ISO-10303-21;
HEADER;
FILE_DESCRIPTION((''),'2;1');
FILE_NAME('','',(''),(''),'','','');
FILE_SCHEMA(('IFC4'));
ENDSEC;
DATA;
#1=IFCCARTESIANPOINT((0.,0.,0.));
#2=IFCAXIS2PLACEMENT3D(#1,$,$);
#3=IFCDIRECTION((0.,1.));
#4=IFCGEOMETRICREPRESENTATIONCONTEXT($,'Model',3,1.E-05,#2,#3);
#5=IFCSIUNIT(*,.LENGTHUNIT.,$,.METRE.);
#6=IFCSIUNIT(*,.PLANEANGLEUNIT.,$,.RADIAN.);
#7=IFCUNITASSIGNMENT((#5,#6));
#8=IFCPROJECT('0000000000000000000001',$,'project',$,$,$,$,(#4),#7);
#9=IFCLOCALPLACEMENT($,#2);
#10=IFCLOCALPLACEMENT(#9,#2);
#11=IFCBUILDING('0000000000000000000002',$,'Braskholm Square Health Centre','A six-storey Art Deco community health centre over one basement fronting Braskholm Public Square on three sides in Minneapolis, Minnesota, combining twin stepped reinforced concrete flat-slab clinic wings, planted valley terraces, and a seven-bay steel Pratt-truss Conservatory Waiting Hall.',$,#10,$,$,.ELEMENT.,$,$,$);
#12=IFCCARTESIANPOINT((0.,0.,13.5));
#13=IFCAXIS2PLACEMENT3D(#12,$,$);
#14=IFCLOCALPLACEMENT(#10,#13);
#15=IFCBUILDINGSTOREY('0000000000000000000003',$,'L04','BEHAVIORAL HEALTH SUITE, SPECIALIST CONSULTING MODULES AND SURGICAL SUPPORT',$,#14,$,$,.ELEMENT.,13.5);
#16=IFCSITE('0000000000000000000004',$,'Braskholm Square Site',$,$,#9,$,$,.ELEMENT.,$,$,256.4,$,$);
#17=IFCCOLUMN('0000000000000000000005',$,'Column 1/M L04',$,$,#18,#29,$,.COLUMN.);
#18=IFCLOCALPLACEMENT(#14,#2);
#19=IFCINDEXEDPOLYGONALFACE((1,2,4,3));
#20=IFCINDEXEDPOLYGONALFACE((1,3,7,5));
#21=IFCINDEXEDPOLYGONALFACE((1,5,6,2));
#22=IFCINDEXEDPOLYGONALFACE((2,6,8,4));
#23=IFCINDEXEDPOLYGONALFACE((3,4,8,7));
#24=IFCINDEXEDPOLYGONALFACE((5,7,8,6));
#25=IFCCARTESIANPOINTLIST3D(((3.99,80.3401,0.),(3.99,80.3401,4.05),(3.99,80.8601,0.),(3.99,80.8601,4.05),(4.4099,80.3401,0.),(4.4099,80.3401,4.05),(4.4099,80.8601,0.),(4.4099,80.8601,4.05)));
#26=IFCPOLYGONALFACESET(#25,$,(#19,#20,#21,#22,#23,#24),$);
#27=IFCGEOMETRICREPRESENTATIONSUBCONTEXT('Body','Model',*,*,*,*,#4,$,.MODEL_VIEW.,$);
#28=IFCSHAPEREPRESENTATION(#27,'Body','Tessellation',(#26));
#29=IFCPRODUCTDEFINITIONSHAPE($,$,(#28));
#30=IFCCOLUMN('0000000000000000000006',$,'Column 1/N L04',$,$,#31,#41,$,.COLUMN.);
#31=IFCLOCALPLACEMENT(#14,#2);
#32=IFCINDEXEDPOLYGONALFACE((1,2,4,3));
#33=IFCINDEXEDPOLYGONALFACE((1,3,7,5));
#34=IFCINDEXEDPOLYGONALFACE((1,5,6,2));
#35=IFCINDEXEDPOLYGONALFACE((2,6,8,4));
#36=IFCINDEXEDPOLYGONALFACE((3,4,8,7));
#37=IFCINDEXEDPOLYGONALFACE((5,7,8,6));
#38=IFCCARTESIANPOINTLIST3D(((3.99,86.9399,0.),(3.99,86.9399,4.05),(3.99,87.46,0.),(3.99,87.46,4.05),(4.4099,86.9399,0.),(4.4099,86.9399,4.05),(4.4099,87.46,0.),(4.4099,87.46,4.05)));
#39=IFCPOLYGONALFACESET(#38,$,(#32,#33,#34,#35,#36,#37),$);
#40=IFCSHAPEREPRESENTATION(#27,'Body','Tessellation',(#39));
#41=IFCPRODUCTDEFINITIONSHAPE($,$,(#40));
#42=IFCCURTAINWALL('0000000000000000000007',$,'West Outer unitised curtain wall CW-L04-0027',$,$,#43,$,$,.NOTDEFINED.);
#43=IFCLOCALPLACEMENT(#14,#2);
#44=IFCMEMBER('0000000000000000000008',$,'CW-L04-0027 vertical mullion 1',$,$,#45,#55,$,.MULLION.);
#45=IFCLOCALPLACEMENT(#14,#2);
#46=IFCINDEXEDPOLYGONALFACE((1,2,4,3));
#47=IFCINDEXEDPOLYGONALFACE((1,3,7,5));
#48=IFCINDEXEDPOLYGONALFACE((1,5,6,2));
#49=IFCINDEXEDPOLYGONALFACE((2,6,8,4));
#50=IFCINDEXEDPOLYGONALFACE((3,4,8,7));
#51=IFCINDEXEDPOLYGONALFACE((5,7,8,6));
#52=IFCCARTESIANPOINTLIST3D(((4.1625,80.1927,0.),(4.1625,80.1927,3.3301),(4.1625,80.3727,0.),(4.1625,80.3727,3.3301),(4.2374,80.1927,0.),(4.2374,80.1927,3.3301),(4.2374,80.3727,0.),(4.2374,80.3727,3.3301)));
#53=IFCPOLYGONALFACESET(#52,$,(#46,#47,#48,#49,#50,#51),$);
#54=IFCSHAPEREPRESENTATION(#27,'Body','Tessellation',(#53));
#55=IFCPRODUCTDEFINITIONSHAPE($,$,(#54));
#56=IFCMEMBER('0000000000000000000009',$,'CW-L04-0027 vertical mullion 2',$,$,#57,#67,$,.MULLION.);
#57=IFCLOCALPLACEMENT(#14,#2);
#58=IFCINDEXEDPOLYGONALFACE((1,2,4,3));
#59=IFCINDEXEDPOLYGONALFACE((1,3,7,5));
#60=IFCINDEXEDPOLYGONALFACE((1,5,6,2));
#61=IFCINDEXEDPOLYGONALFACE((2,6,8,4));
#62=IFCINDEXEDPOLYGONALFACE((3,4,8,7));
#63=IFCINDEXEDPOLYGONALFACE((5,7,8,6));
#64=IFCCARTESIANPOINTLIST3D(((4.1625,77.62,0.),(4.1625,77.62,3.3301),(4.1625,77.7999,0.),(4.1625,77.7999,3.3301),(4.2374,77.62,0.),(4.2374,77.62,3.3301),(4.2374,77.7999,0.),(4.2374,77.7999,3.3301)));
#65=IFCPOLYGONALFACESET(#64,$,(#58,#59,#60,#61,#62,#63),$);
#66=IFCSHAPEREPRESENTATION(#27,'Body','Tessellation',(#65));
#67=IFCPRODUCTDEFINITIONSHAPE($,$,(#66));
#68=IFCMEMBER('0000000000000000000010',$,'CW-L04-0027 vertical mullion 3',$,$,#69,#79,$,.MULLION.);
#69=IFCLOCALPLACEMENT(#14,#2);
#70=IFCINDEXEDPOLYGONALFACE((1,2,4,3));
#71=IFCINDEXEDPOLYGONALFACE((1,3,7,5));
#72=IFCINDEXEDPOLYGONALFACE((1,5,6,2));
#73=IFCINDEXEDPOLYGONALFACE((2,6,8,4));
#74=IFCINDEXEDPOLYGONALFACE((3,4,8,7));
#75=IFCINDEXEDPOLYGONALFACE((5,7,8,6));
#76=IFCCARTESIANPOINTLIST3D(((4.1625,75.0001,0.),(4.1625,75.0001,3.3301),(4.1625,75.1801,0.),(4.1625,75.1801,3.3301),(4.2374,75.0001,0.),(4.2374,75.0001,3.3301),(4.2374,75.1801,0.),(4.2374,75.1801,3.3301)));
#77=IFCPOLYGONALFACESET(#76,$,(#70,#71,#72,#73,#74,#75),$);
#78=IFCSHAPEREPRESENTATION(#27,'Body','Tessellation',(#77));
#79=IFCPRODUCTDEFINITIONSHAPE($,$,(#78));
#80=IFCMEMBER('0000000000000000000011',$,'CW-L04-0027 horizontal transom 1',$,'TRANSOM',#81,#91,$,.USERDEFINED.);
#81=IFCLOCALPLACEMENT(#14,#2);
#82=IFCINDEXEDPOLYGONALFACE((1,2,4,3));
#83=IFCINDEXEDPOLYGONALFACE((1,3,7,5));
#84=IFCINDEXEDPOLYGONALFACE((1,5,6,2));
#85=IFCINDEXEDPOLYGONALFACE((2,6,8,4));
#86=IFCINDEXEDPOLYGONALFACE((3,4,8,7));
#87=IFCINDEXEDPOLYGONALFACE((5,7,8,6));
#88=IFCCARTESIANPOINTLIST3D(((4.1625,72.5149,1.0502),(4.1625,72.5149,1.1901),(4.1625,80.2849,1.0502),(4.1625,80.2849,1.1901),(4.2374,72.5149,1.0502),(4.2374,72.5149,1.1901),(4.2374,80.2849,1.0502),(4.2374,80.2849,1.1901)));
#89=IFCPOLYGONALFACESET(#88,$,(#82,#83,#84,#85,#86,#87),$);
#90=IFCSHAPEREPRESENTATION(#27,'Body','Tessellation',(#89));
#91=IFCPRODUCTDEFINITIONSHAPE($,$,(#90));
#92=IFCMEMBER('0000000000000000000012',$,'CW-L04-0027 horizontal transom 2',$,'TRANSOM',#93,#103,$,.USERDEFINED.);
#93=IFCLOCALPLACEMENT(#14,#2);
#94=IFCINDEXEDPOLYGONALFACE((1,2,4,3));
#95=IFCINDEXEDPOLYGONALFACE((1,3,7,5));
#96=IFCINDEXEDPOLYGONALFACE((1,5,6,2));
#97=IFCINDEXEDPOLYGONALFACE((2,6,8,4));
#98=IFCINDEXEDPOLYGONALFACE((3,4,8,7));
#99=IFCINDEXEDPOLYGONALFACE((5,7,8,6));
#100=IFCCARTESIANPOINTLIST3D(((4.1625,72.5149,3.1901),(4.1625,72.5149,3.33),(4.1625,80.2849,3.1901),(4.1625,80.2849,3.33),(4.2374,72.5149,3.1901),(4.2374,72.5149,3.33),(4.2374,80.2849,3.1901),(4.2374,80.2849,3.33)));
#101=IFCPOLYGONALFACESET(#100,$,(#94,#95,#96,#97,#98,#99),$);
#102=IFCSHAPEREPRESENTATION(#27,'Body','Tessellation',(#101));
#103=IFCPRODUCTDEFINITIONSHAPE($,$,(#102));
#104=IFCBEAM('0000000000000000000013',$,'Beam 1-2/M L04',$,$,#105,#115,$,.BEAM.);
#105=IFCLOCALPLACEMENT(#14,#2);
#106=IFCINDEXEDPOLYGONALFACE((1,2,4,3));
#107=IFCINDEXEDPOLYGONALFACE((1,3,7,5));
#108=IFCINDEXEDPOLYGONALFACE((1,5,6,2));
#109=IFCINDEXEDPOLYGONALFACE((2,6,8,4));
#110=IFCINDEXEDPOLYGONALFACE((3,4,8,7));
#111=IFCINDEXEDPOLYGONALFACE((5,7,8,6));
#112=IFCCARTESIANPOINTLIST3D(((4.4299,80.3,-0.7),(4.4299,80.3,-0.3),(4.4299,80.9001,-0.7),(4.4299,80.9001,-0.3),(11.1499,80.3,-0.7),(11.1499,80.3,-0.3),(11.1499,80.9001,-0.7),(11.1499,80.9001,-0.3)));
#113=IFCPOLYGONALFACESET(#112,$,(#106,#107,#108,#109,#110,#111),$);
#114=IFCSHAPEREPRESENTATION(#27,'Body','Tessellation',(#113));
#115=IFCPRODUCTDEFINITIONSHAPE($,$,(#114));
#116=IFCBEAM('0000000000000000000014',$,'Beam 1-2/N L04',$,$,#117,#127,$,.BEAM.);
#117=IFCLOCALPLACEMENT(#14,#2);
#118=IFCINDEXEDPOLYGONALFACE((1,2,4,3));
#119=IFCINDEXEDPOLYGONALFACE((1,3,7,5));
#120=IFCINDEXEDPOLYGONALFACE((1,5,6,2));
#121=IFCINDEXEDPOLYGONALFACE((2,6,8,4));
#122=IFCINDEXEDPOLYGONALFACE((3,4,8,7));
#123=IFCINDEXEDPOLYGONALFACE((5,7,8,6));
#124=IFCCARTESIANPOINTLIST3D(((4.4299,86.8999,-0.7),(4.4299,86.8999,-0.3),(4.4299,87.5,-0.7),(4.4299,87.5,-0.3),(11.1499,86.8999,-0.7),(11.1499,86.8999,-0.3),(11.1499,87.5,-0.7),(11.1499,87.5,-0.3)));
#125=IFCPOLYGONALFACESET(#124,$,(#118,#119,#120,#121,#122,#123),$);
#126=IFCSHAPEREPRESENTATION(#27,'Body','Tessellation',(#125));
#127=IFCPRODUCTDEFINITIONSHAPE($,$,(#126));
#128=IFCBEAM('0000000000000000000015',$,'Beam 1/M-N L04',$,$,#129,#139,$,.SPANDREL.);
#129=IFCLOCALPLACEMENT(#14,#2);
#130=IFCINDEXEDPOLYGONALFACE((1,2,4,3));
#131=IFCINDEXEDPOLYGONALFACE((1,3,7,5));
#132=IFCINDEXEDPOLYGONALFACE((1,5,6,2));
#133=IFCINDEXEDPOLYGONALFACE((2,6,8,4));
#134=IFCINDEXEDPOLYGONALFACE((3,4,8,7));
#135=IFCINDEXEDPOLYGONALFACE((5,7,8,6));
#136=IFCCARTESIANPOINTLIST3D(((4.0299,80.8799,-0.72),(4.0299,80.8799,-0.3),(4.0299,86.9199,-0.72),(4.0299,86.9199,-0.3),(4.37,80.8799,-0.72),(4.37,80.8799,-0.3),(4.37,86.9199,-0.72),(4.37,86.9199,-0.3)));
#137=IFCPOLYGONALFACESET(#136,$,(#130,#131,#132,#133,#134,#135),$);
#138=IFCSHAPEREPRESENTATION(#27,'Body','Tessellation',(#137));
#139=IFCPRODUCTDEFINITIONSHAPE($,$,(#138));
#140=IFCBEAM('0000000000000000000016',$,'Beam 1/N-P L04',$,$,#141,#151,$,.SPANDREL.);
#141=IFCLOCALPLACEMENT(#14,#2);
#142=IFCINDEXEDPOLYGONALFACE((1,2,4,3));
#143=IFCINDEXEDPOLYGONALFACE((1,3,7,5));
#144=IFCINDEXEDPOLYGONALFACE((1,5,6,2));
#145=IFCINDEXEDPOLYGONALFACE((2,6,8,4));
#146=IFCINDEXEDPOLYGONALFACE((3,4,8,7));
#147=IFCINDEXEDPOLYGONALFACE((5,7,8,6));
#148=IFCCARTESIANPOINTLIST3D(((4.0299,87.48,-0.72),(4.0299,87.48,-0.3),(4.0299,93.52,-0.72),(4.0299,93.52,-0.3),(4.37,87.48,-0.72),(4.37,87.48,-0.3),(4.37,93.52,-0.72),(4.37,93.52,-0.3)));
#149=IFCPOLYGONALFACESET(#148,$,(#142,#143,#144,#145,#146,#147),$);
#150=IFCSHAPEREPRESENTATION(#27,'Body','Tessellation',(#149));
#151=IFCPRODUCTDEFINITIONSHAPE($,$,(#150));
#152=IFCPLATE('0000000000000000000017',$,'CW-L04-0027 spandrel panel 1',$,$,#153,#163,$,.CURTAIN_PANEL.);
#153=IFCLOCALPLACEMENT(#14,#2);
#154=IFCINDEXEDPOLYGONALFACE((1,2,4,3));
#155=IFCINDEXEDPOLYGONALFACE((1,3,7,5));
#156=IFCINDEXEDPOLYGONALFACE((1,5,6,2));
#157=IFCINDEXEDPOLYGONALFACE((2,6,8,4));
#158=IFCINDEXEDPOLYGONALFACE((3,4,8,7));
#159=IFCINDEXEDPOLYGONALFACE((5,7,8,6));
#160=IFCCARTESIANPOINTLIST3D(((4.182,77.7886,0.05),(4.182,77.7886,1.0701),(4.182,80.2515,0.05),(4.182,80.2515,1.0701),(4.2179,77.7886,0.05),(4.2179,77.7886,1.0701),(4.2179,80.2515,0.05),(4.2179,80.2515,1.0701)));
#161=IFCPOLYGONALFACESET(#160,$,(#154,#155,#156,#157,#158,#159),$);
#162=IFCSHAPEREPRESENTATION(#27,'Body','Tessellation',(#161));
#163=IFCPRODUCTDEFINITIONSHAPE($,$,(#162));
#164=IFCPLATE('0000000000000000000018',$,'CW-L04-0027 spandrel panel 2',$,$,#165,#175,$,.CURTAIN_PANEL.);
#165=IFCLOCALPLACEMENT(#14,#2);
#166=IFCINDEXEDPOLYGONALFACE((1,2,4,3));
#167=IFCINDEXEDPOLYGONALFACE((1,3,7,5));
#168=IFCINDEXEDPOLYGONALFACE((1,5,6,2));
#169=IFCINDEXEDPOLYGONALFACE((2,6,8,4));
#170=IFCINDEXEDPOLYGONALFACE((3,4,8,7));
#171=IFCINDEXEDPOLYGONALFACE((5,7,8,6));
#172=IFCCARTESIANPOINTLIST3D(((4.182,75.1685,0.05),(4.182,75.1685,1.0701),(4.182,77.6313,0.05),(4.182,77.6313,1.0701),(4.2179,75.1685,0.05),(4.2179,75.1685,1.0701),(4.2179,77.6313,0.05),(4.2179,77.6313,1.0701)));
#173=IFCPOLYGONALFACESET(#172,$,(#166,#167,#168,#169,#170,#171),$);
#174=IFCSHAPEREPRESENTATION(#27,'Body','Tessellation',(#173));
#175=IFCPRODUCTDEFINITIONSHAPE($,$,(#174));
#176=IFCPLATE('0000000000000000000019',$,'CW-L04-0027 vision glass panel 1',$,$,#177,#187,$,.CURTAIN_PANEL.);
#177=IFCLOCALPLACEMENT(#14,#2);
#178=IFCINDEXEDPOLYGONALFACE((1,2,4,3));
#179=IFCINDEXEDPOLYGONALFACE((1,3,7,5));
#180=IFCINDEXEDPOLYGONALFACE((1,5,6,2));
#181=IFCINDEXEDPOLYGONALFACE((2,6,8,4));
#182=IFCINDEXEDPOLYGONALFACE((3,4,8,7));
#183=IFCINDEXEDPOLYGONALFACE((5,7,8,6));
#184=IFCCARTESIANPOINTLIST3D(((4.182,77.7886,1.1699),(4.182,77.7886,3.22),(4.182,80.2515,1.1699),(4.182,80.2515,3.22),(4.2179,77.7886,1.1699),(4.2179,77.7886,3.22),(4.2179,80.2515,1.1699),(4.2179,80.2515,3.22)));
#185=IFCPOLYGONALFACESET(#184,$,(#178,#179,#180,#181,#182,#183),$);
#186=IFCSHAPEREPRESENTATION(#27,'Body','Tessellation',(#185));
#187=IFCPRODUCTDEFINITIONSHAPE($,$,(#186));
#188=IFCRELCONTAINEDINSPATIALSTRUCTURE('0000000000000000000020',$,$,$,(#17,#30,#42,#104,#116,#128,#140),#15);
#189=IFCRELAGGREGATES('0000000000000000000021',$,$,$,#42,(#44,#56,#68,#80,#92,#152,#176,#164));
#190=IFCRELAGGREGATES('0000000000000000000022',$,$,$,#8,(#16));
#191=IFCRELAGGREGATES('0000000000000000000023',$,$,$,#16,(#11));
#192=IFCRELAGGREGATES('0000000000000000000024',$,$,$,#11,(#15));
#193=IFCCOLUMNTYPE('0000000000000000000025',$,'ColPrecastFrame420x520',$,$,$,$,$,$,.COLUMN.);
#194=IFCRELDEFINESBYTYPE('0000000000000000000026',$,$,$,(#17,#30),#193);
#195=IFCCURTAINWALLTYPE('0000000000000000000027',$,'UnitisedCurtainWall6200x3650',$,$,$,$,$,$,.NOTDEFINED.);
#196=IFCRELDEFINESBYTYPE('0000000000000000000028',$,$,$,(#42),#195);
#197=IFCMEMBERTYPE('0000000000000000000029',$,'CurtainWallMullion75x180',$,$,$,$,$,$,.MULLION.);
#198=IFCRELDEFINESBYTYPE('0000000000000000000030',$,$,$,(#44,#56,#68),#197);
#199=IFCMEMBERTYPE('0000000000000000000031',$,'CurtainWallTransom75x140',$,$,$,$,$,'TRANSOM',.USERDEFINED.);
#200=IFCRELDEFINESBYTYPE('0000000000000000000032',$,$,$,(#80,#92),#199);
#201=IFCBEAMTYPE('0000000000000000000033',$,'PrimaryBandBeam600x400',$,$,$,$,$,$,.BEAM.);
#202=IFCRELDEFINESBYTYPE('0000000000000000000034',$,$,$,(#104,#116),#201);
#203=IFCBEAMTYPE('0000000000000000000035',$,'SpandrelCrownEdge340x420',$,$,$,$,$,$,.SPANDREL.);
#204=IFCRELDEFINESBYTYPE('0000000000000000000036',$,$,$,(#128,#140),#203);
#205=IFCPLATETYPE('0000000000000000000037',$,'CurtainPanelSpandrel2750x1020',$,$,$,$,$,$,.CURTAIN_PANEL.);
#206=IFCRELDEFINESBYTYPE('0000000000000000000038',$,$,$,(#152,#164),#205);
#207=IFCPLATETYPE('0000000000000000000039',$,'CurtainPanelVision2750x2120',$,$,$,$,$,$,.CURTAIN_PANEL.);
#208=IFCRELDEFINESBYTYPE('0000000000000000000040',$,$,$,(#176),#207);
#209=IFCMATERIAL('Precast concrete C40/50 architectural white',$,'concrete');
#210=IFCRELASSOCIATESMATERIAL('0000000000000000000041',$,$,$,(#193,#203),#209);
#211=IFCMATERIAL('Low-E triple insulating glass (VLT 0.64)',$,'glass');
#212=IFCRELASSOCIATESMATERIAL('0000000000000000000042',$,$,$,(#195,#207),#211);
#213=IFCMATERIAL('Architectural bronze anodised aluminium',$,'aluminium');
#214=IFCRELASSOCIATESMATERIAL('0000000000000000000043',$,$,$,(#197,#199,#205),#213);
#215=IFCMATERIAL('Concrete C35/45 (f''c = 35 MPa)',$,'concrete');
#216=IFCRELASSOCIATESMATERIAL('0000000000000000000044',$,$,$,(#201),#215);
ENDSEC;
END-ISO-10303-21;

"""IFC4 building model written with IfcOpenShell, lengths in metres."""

from ifc_helpers import new_model, si_unit, direction, frame, origin, origin_2d, place, context, subcontext, project, spatial, rectangle, extrude, material, material_profile, profile_set, type_object, element, aggregate, save


model = new_model("IFC4")

# Units and contexts
model_context = context("Model", 3, precision=1e-05, world=origin(), true_north=direction((0.0, 1.0)))
body_context = subcontext(model_context, "Body", "Model", "MODEL_VIEW")
ifc_project = project(units=[si_unit("LENGTHUNIT", "METRE"), si_unit("PLANEANGLEUNIT", "RADIAN")], contexts=[model_context])

# Site, building, storey
site_placement = place(None, origin())
site = spatial("IfcSite", under=ifc_project, at=site_placement, Name="Braskholm Square Site", CompositionType="ELEMENT", RefElevation=256.4)
building_placement = place(site_placement, origin())
building = spatial("IfcBuilding", under=site, at=building_placement, Name="Braskholm Square Health Centre", Description="A six-storey Art Deco community health centre over one basement fronting Braskholm Public Square on three sides in Minneapolis, Minnesota, combining twin stepped reinforced concrete flat-slab clinic wings, planted valley terraces, and a seven-bay steel Pratt-truss Conservatory Waiting Hall.", CompositionType="ELEMENT")
storey_placement = place(building_placement, frame((0.0, 0.0, 13.5)))
storey = spatial("IfcBuildingStorey", under=building, at=storey_placement, Name="L04", Description="BEHAVIORAL HEALTH SUITE, SPECIALIST CONSULTING MODULES AND SURGICAL SUPPORT", CompositionType="ELEMENT", Elevation=13.5)

# Columns
ifc_material_1 = material(Name="Precast concrete C40/50 architectural white", Category="concrete")
ifc_material_profile_1 = material_profile(ifc_material_1, rectangle(XDim=0.4199, YDim=0.52, at=origin_2d()), Name="RC-420X520")
ifc_profile_set_1 = profile_set([ifc_material_profile_1], Name="Precast concrete C40/50 architectural white")
column_type = type_object("IfcColumnType", Name="ColPrecastFrame420x520", PredefinedType="COLUMN", material=ifc_profile_set_1)
for number, where, z_axis, x_axis, name in (
    (1, (4.2, 80.6001, 0.0), (0.0, 0.0, 1.0), (1.0, 0.0, 0.0), "Column 1/M L04"),
    (2, (4.2, 87.2, 0.0), (0.0, 0.0, 1.0), (1.0, 0.0, 0.0), "Column 1/N L04"),
):
    element("IfcColumn", number, at=place(storey_placement, frame(where, z_axis=z_axis, x_axis=x_axis)), inside=storey, type_object=column_type, Name=name, PredefinedType="COLUMN", context=body_context, shape_type="SweptSolid", body=[
        extrude(rectangle(XDim=0.4199, YDim=0.52, at=origin_2d()), origin(), (0.0, 0.0, 1.0), 4.05),
    ])

# Curtain wall, members
ifc_material_2 = material(Name="Low-E triple insulating glass (VLT 0.64)", Category="glass")
curtain_wall_type = type_object("IfcCurtainWallType", Name="UnitisedCurtainWall6200x3650", PredefinedType="NOTDEFINED", material=ifc_material_2)
curtain_wall_placement = place(storey_placement, origin())
curtain_wall = element("IfcCurtainWall", 3, at=curtain_wall_placement, inside=storey, type_object=curtain_wall_type, Name="West Outer unitised curtain wall CW-L04-0027", PredefinedType="NOTDEFINED")
ifc_material_3 = material(Name="Architectural bronze anodised aluminium", Category="aluminium")
ifc_material_profile_2 = material_profile(ifc_material_3, rectangle(XDim=0.075, YDim=0.1799, at=origin_2d()), Name="ALU-75X180")
ifc_profile_set_2 = profile_set([ifc_material_profile_2], Name="Architectural bronze anodised aluminium")
member_type_1 = type_object("IfcMemberType", Name="CurtainWallMullion75x180", PredefinedType="MULLION", material=ifc_profile_set_2)
member_1_placement = place(storey_placement, frame((4.2, 80.2827, 0.0), z_axis=(0.0, 0.0, 1.0), x_axis=(1.0, 0.0, 0.0)))
member_1 = element("IfcMember", 4, at=member_1_placement, type_object=member_type_1, Name="CW-L04-0027 vertical mullion 1", PredefinedType="MULLION", context=body_context, shape_type="SweptSolid", body=[
    extrude(rectangle(XDim=0.075, YDim=0.1799, at=origin_2d()), origin(), (0.0, 0.0, 1.0), 3.3301),
])
member_2_placement = place(storey_placement, frame((4.2, 77.71, 0.0), z_axis=(0.0, 0.0, 1.0), x_axis=(1.0, 0.0, 0.0)))
member_2 = element("IfcMember", 5, at=member_2_placement, type_object=member_type_1, Name="CW-L04-0027 vertical mullion 2", PredefinedType="MULLION", context=body_context, shape_type="SweptSolid", body=[
    extrude(rectangle(XDim=0.075, YDim=0.1799, at=origin_2d()), origin(), (0.0, 0.0, 1.0), 3.3301),
])
member_3_placement = place(storey_placement, frame((4.2, 75.0901, 0.0), z_axis=(0.0, 0.0, 1.0), x_axis=(1.0, 0.0, 0.0)))
member_3 = element("IfcMember", 6, at=member_3_placement, type_object=member_type_1, Name="CW-L04-0027 vertical mullion 3", PredefinedType="MULLION", context=body_context, shape_type="SweptSolid", body=[
    extrude(rectangle(XDim=0.075, YDim=0.1799, at=origin_2d()), origin(), (0.0, 0.0, 1.0), 3.3301),
])
ifc_material_profile_3 = material_profile(ifc_material_3, rectangle(XDim=0.075, YDim=0.1399, at=origin_2d()), Name="ALU-75X140")
ifc_profile_set_3 = profile_set([ifc_material_profile_3], Name="Architectural bronze anodised aluminium")
member_type_2 = type_object("IfcMemberType", Name="CurtainWallTransom75x140", ElementType="TRANSOM", PredefinedType="USERDEFINED", material=ifc_profile_set_3)
member_4_placement = place(storey_placement, frame((4.2, 80.2849, 1.1201), z_axis=(0.0, -1.0, 0.0), x_axis=(1.0, 0.0, 0.0)))
member_4 = element("IfcMember", 7, at=member_4_placement, type_object=member_type_2, Name="CW-L04-0027 horizontal transom 1", ObjectType="TRANSOM", PredefinedType="USERDEFINED", context=body_context, shape_type="SweptSolid", body=[
    extrude(rectangle(XDim=0.075, YDim=0.1399, at=origin_2d()), origin(), (0.0, 0.0, 1.0), 7.77),
])
member_5_placement = place(storey_placement, frame((4.2, 80.2849, 3.26), z_axis=(0.0, -1.0, 0.0), x_axis=(1.0, 0.0, 0.0)))
member_5 = element("IfcMember", 8, at=member_5_placement, type_object=member_type_2, Name="CW-L04-0027 horizontal transom 2", ObjectType="TRANSOM", PredefinedType="USERDEFINED", context=body_context, shape_type="SweptSolid", body=[
    extrude(rectangle(XDim=0.075, YDim=0.1399, at=origin_2d()), origin(), (0.0, 0.0, 1.0), 7.77),
])

# Beams
ifc_material_4 = material(Name="Concrete C35/45 (f'c = 35 MPa)", Category="concrete")
ifc_material_profile_4 = material_profile(ifc_material_4, rectangle(XDim=0.6001, YDim=0.3999, at=origin_2d()), Name="RCB-600X400")
ifc_profile_set_4 = profile_set([ifc_material_profile_4], Name="Concrete C35/45 (f'c = 35 MPa)")
beam_type_1 = type_object("IfcBeamType", Name="PrimaryBandBeam600x400", PredefinedType="BEAM", material=ifc_profile_set_4)
for number, where, z_axis, x_axis, name in (
    (9, (4.4299, 80.6001, -0.5), (1.0, 0.0, 0.0), (0.0, 1.0, 0.0), "Beam 1-2/M L04"),
    (10, (4.4299, 87.2, -0.5), (1.0, 0.0, 0.0), (0.0, 1.0, 0.0), "Beam 1-2/N L04"),
):
    element("IfcBeam", number, at=place(storey_placement, frame(where, z_axis=z_axis, x_axis=x_axis)), inside=storey, type_object=beam_type_1, Name=name, PredefinedType="BEAM", context=body_context, shape_type="SweptSolid", body=[
        extrude(rectangle(XDim=0.6001, YDim=0.3999, at=origin_2d()), origin(), (0.0, 0.0, 1.0), 6.72),
    ])
ifc_material_profile_5 = material_profile(ifc_material_1, rectangle(XDim=0.3401, YDim=0.4199, at=origin_2d()), Name="RCB-340X420")
ifc_profile_set_5 = profile_set([ifc_material_profile_5], Name="Precast concrete C40/50 architectural white")
beam_type_2 = type_object("IfcBeamType", Name="SpandrelCrownEdge340x420", PredefinedType="SPANDREL", material=ifc_profile_set_5)
for number, where, z_axis, x_axis, name in (
    (11, (4.2, 80.8799, -0.51), (0.0, 1.0, 0.0), (-1.0, 0.0, 0.0), "Beam 1/M-N L04"),
    (12, (4.2, 87.48, -0.51), (0.0, 1.0, 0.0), (-1.0, 0.0, 0.0), "Beam 1/N-P L04"),
):
    element("IfcBeam", number, at=place(storey_placement, frame(where, z_axis=z_axis, x_axis=x_axis)), inside=storey, type_object=beam_type_2, Name=name, PredefinedType="SPANDREL", context=body_context, shape_type="SweptSolid", body=[
        extrude(rectangle(XDim=0.3401, YDim=0.4199, at=origin_2d()), origin(), (0.0, 0.0, 1.0), 6.04),
    ])

# Plates
plate_type_1 = type_object("IfcPlateType", Name="CurtainPanelSpandrel2750x1020", PredefinedType="CURTAIN_PANEL", material=ifc_material_3)
plate_1_placement = place(storey_placement, frame((4.2, 79.02, 0.05), z_axis=(0.0, 0.0, 1.0), x_axis=(0.0, -1.0, 0.0)))
plate_1 = element("IfcPlate", 13, at=plate_1_placement, type_object=plate_type_1, Name="CW-L04-0027 spandrel panel 1", PredefinedType="CURTAIN_PANEL", context=body_context, shape_type="SweptSolid", body=[
    extrude(rectangle(XDim=2.4629, YDim=0.0359, at=origin_2d()), origin(), (0.0, 0.0, 1.0), 1.02),
])
plate_2_placement = place(storey_placement, frame((4.2, 76.3999, 0.05), z_axis=(0.0, 0.0, 1.0), x_axis=(0.0, -1.0, 0.0)))
plate_2 = element("IfcPlate", 14, at=plate_2_placement, type_object=plate_type_1, Name="CW-L04-0027 spandrel panel 2", PredefinedType="CURTAIN_PANEL", context=body_context, shape_type="SweptSolid", body=[
    extrude(rectangle(XDim=2.4629, YDim=0.0359, at=origin_2d()), origin(), (0.0, 0.0, 1.0), 1.02),
])
plate_type_2 = type_object("IfcPlateType", Name="CurtainPanelVision2750x2120", PredefinedType="CURTAIN_PANEL", material=ifc_material_2)
plate_3_placement = place(storey_placement, frame((4.2, 79.02, 1.1699), z_axis=(0.0, 0.0, 1.0), x_axis=(0.0, -1.0, 0.0)))
plate_3 = element("IfcPlate", 15, at=plate_3_placement, type_object=plate_type_2, Name="CW-L04-0027 vision glass panel 1", PredefinedType="CURTAIN_PANEL", context=body_context, shape_type="SweptSolid", body=[
    extrude(rectangle(XDim=2.4629, YDim=0.0359, at=origin_2d()), origin(), (0.0, 0.0, 1.0), 2.05),
])
aggregate(curtain_wall, [member_1, member_2, member_3, member_4, member_5, plate_1, plate_3, plate_2])

save(model, "model.ifc")
